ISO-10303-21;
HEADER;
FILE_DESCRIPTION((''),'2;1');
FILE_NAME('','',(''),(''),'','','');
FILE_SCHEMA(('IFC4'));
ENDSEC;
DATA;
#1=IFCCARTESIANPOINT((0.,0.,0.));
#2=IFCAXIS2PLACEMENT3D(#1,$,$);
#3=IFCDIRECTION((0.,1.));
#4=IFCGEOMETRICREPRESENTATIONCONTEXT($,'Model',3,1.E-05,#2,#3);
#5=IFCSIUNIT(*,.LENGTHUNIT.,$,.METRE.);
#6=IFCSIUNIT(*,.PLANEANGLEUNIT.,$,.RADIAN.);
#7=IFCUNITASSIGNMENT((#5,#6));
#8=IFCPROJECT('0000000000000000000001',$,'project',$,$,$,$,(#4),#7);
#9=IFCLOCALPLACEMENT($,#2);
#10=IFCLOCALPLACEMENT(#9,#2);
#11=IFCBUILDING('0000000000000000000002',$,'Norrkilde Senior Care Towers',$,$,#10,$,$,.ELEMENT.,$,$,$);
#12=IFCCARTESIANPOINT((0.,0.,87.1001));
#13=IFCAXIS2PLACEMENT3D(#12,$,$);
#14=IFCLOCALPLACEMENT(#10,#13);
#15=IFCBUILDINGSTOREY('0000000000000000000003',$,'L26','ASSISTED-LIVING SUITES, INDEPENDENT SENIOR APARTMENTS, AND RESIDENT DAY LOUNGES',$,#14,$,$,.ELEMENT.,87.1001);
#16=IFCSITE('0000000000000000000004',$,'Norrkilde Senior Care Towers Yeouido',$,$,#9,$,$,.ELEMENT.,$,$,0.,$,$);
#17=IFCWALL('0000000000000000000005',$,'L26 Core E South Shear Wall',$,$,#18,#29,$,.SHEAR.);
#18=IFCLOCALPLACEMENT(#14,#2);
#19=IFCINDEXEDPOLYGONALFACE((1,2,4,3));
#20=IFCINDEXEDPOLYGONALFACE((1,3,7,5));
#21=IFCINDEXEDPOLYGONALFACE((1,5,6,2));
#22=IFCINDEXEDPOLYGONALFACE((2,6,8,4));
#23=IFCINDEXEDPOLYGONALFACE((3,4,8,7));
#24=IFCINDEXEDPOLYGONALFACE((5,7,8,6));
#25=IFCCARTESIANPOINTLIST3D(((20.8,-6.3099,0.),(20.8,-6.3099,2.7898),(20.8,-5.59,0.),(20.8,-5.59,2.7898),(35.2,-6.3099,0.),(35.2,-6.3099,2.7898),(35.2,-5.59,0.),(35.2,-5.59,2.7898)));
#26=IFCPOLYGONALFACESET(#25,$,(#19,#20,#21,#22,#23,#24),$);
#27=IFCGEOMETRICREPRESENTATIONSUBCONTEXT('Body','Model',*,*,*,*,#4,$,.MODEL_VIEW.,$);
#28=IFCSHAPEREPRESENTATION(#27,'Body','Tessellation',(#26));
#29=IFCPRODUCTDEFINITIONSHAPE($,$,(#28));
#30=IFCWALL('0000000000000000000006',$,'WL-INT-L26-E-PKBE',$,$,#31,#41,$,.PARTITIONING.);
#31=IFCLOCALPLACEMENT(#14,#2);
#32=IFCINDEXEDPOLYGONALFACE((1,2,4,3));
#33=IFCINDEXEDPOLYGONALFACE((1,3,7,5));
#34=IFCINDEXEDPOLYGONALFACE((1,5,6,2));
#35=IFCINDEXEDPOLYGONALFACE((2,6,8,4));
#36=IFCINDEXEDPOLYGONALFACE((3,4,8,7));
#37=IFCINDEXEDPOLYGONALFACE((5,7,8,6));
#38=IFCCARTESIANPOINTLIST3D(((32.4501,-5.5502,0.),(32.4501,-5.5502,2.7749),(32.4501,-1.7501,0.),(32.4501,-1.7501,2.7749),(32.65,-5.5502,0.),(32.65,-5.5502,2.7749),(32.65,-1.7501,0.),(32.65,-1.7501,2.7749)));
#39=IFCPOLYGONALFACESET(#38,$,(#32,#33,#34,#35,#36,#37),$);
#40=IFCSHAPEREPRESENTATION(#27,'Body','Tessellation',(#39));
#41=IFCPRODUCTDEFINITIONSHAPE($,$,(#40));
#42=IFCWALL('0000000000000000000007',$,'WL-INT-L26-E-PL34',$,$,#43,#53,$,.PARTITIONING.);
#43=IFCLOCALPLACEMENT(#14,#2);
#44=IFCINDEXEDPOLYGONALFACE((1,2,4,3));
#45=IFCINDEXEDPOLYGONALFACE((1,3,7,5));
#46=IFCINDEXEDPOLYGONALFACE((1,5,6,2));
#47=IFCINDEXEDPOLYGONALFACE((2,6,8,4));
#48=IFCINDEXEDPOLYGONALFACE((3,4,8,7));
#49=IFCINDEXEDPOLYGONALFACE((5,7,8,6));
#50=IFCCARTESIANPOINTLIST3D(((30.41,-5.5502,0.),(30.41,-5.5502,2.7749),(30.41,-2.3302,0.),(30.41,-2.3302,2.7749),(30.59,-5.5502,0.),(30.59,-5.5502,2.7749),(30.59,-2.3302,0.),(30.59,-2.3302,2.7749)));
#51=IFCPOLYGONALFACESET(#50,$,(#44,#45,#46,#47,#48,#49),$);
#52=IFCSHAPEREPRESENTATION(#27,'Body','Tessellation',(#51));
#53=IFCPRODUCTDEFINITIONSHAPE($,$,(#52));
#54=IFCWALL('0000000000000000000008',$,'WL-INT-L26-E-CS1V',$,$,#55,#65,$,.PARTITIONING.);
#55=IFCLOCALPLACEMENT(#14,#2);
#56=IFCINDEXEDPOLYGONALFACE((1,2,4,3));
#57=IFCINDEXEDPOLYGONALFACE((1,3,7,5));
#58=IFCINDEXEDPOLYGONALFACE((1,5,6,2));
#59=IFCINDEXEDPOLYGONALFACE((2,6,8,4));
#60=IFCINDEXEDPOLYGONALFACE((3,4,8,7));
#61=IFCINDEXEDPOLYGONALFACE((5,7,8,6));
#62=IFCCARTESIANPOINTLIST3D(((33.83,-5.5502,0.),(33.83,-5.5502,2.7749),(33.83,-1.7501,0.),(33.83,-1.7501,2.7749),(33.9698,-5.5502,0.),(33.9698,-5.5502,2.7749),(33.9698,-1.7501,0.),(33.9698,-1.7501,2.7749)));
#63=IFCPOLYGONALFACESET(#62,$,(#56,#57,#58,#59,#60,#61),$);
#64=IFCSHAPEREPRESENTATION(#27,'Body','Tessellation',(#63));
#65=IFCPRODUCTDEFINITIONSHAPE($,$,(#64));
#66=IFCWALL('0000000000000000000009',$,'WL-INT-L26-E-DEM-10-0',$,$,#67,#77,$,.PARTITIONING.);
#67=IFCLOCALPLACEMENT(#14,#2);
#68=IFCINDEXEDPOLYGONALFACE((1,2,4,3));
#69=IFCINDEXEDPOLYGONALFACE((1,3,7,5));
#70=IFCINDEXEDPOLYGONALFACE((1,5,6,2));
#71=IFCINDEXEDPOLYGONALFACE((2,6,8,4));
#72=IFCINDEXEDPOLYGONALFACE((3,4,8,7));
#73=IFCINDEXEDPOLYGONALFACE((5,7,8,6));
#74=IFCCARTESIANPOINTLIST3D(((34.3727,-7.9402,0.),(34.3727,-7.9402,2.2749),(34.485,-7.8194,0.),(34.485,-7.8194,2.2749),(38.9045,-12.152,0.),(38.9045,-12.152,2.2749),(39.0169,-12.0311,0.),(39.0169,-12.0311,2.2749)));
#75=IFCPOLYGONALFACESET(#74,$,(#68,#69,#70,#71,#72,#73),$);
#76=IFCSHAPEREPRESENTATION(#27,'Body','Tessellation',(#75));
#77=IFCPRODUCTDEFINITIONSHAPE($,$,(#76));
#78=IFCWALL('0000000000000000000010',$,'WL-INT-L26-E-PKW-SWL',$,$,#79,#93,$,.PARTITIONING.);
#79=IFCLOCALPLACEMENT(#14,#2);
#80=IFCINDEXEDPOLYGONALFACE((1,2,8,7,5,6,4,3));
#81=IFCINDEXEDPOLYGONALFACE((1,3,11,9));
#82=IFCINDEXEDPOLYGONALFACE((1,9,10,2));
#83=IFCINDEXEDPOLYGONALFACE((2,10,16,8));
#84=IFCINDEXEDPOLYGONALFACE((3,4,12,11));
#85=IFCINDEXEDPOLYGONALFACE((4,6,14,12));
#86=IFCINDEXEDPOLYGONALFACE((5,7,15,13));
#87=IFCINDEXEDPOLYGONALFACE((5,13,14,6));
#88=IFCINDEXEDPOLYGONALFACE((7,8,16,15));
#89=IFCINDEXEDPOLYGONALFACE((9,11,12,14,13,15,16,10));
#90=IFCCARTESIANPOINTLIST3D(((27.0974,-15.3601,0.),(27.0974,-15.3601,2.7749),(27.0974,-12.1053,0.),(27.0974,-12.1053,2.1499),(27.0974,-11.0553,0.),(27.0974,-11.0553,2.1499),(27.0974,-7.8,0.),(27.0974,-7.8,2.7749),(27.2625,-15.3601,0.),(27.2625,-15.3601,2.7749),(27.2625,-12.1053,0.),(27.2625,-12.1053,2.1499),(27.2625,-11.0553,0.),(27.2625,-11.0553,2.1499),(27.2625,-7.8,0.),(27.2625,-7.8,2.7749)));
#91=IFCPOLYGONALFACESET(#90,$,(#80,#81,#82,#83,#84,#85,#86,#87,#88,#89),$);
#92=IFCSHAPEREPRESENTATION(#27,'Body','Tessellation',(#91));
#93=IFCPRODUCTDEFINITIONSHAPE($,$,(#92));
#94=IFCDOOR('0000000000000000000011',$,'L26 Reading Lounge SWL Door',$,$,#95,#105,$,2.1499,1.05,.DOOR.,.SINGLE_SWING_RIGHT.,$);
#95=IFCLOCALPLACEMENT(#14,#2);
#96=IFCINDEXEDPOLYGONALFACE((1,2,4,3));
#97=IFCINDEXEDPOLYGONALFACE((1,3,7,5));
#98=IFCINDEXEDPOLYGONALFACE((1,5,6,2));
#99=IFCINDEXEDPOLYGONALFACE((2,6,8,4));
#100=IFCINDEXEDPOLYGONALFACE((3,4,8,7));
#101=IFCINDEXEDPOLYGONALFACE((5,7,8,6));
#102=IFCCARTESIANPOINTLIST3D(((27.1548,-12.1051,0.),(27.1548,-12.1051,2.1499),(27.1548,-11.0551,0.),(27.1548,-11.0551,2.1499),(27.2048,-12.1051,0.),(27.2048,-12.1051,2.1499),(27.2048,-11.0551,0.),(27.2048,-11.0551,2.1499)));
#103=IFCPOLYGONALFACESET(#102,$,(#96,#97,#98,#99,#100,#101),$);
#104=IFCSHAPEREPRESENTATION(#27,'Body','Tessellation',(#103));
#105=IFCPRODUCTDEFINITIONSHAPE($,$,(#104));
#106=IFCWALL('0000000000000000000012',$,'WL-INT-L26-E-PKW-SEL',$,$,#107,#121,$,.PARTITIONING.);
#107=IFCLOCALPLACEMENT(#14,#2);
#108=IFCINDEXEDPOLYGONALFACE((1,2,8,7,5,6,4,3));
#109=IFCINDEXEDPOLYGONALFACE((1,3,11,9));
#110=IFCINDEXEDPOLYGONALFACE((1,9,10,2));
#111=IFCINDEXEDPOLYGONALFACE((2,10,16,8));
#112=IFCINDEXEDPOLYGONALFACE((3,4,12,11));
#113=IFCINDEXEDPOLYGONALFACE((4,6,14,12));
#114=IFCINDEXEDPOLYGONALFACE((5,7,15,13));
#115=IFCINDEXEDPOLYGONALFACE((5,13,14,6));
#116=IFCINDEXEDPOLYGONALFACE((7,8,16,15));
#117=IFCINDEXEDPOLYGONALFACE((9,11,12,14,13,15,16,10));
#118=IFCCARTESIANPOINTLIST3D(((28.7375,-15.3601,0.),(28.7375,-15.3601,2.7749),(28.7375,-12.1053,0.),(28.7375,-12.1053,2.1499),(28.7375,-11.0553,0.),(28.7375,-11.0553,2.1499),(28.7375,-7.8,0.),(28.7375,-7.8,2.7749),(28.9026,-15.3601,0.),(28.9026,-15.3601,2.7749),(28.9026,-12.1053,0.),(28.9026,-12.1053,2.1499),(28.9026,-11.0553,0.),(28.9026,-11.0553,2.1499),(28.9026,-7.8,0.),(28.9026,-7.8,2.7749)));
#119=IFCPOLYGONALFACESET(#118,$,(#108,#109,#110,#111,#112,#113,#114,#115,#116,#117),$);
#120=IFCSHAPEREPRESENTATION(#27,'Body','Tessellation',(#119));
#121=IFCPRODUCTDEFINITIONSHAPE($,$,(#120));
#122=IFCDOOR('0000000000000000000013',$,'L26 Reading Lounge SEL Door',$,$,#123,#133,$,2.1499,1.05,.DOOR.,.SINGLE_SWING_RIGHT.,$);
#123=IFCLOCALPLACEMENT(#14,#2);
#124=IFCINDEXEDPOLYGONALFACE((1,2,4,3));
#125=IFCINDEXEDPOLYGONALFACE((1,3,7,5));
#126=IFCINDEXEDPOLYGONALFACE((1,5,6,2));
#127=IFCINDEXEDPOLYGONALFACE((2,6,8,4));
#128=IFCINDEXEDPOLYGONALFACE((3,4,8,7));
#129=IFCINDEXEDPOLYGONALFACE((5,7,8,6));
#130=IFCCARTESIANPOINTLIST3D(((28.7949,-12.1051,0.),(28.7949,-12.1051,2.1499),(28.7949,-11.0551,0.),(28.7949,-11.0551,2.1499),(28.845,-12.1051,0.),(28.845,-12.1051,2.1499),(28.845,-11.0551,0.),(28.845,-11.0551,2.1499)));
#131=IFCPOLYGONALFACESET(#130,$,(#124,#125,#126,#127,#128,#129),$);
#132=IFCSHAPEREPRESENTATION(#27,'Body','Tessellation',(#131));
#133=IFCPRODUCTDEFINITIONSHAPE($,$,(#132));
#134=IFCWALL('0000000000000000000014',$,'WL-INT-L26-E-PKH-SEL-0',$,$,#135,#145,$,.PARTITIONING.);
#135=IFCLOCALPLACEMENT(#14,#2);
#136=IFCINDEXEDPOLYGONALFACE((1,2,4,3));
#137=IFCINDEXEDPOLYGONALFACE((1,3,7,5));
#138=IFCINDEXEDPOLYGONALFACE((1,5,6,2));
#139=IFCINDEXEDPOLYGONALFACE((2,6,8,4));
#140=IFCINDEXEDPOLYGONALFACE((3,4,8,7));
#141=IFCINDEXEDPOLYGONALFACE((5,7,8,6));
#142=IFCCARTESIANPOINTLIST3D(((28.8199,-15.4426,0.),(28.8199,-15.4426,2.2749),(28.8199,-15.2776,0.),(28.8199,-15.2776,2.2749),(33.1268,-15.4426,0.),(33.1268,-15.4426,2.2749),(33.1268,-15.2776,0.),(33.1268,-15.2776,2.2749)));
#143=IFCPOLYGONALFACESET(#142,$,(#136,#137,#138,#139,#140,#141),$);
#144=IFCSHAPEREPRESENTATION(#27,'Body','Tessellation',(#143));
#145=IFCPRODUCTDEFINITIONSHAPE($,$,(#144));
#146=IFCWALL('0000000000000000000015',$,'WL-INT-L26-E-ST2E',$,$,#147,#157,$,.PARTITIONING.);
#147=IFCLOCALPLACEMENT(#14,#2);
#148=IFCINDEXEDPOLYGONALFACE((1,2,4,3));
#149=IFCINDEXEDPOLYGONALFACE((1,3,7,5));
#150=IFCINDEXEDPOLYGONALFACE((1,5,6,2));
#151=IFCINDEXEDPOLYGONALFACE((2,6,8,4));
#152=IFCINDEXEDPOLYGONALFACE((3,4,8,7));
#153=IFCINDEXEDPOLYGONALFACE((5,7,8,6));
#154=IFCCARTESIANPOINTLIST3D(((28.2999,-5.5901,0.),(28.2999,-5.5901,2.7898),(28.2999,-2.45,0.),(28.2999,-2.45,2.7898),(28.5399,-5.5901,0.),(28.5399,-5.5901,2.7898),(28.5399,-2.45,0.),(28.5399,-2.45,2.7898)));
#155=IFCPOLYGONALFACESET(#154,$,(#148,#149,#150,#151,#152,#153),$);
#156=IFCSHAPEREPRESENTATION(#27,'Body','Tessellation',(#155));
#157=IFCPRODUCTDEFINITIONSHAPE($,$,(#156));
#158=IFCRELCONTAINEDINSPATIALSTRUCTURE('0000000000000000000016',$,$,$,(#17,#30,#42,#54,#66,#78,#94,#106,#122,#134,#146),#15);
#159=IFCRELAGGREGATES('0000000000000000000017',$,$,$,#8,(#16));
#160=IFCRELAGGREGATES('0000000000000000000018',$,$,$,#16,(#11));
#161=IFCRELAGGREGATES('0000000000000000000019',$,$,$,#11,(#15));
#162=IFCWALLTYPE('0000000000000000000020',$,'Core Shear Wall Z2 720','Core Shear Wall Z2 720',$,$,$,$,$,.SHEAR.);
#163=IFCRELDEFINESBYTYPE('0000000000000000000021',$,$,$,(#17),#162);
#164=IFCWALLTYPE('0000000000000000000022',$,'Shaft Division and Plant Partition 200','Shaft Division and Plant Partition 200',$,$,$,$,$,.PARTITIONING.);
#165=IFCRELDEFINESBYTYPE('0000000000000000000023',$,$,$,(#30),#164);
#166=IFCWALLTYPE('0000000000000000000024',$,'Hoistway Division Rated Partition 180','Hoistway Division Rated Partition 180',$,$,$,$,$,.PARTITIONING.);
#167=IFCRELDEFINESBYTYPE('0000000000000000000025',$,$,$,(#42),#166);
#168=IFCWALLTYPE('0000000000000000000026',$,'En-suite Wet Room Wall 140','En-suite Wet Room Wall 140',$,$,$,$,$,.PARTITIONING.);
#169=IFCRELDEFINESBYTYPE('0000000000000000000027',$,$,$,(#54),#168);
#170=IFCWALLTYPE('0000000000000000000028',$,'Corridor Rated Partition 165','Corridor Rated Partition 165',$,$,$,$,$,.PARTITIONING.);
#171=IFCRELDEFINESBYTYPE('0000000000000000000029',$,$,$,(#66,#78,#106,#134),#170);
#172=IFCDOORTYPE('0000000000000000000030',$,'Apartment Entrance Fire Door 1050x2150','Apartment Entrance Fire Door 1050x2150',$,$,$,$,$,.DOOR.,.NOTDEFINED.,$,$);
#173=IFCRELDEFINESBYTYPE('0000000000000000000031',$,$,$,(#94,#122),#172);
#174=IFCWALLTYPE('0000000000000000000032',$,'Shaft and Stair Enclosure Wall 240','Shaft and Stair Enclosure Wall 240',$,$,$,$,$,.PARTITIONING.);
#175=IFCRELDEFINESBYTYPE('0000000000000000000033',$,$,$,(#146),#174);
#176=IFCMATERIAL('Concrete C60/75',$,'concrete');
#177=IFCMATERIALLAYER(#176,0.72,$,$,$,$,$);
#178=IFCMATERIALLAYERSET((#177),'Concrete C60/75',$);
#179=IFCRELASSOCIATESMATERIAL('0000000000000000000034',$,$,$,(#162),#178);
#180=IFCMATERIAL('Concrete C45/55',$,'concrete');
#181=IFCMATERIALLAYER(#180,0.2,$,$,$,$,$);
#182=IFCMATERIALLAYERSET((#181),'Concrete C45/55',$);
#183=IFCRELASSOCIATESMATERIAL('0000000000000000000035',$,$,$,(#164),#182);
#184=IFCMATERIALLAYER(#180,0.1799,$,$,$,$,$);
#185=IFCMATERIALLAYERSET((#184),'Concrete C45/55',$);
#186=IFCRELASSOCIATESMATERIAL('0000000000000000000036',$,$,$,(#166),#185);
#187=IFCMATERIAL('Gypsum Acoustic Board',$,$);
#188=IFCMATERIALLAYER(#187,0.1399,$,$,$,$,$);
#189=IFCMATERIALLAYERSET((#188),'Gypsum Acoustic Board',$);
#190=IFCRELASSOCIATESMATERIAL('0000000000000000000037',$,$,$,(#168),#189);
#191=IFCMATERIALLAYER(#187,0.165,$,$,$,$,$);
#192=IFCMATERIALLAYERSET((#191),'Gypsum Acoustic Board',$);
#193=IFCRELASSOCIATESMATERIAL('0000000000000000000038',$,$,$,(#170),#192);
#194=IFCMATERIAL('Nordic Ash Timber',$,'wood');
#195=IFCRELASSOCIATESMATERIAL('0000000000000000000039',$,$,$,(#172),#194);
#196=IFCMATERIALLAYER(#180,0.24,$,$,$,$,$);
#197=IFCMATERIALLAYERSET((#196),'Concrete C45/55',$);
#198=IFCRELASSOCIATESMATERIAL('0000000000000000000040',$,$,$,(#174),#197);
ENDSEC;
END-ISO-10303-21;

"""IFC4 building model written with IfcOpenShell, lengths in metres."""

from ifc_helpers import new_model, si_unit, direction, frame, frame_2d, origin, place, context, subcontext, project, spatial, rectangle, extrude, source, transform, mapped, material, layer, layer_set, type_object, type_shapes, element, fill, save


model = new_model("IFC4")

# Units and contexts
model_context = context("Model", 3, precision=1e-05, world=origin(), true_north=direction((0.0, 1.0)))
body_context = subcontext(model_context, "Body", "Model", "MODEL_VIEW")
ifc_project = project(units=[si_unit("LENGTHUNIT", "METRE"), si_unit("PLANEANGLEUNIT", "RADIAN")], contexts=[model_context])

# Site, building, storey
site_placement = place(None, origin())
site = spatial("IfcSite", under=ifc_project, at=site_placement, Name="Norrkilde Senior Care Towers Yeouido", CompositionType="ELEMENT", RefElevation=0.0)
building_placement = place(site_placement, origin())
building = spatial("IfcBuilding", under=site, at=building_placement, Name="Norrkilde Senior Care Towers", CompositionType="ELEMENT")
storey_placement = place(building_placement, frame((0.0, 0.0, 87.1001)))
storey = spatial("IfcBuildingStorey", under=building, at=storey_placement, Name="L26", Description="ASSISTED-LIVING SUITES, INDEPENDENT SENIOR APARTMENTS, AND RESIDENT DAY LOUNGES", CompositionType="ELEMENT", Elevation=87.1001)

# Shared definitions
ifc_material_1 = material(Name="Concrete C60/75", Category="concrete")

# Walls
ifc_layer_1 = layer(ifc_material_1, 0.72)
ifc_layer_set_1 = layer_set([ifc_layer_1], Name="Concrete C60/75")
wall_type_1 = type_object("IfcWallType", Name="Core Shear Wall Z2 720", Description="Core Shear Wall Z2 720", PredefinedType="SHEAR", material=ifc_layer_set_1)
shared_shape_1 = source(origin(), body_context, "Body", "SweptSolid", [
    extrude(rectangle(XDim=14.3999, YDim=0.72, at=frame_2d((7.2, 0.0))), origin(), (0.0, 0.0, 1.0), 2.7898),
])
type_shapes(wall_type_1, [shared_shape_1])
wall_1_placement = place(storey_placement, frame((35.2, -5.95, 0.0), z_axis=(0.0, 0.0, 1.0), x_axis=(-1.0, 0.0, 0.0)))
element("IfcWall", 1, at=wall_1_placement, inside=storey, type_object=wall_type_1, Name="L26 Core E South Shear Wall", PredefinedType="SHEAR", context=body_context, shape_type="MappedRepresentation", body=[
    mapped(shared_shape_1, transform((0.0, 0.0, 0.0), x_axis=(1.0, 0.0, 0.0), y_axis=(0.0, 1.0, 0.0), z_axis=(0.0, 0.0, 1.0), scale=1.0)),
])
ifc_material_2 = material(Name="Concrete C45/55", Category="concrete")
ifc_layer_2 = layer(ifc_material_2, 0.2)
ifc_layer_set_2 = layer_set([ifc_layer_2], Name="Concrete C45/55")
wall_type_2 = type_object("IfcWallType", Name="Shaft Division and Plant Partition 200", Description="Shaft Division and Plant Partition 200", PredefinedType="PARTITIONING", material=ifc_layer_set_2)
shared_shape_2 = source(origin(), body_context, "Body", "SweptSolid", [
    extrude(rectangle(XDim=3.8, YDim=0.2, at=frame_2d((1.8999, 0.0))), origin(), (0.0, 0.0, 1.0), 2.7749),
])
type_shapes(wall_type_2, [shared_shape_2])
wall_2_placement = place(storey_placement, frame((32.55, -5.55, 0.0), z_axis=(0.0, 0.0, 1.0), x_axis=(0.0, 1.0, 0.0)))
element("IfcWall", 2, at=wall_2_placement, inside=storey, type_object=wall_type_2, Name="WL-INT-L26-E-PKBE", PredefinedType="PARTITIONING", context=body_context, shape_type="MappedRepresentation", body=[
    mapped(shared_shape_2, transform((0.0, 0.0, 0.0), x_axis=(1.0, 0.0, 0.0), y_axis=(0.0, 1.0, 0.0), z_axis=(0.0, 0.0, 1.0), scale=1.0)),
])
ifc_layer_3 = layer(ifc_material_2, 0.1799)
ifc_layer_set_3 = layer_set([ifc_layer_3], Name="Concrete C45/55")
wall_type_3 = type_object("IfcWallType", Name="Hoistway Division Rated Partition 180", Description="Hoistway Division Rated Partition 180", PredefinedType="PARTITIONING", material=ifc_layer_set_3)
shared_shape_3 = source(origin(), body_context, "Body", "SweptSolid", [
    extrude(rectangle(XDim=3.22, YDim=0.1799, at=frame_2d((1.6099, 0.0))), origin(), (0.0, 0.0, 1.0), 2.7749),
])
type_shapes(wall_type_3, [shared_shape_3])
wall_3_placement = place(storey_placement, frame((30.5, -5.55, 0.0), z_axis=(0.0, 0.0, 1.0), x_axis=(0.0, 1.0, 0.0)))
element("IfcWall", 3, at=wall_3_placement, inside=storey, type_object=wall_type_3, Name="WL-INT-L26-E-PL34", PredefinedType="PARTITIONING", context=body_context, shape_type="MappedRepresentation", body=[
    mapped(shared_shape_3, transform((0.0, 0.0, 0.0), x_axis=(1.0, 0.0, 0.0), y_axis=(0.0, 1.0, 0.0), z_axis=(0.0, 0.0, 1.0), scale=1.0)),
])
ifc_material_3 = material(Name="Gypsum Acoustic Board")
ifc_layer_4 = layer(ifc_material_3, 0.1399)
ifc_layer_set_4 = layer_set([ifc_layer_4], Name="Gypsum Acoustic Board")
wall_type_4 = type_object("IfcWallType", Name="En-suite Wet Room Wall 140", Description="En-suite Wet Room Wall 140", PredefinedType="PARTITIONING", material=ifc_layer_set_4)
shared_shape_4 = source(origin(), body_context, "Body", "SweptSolid", [
    extrude(rectangle(XDim=3.8, YDim=0.1399, at=frame_2d((1.8999, 0.0))), origin(), (0.0, 0.0, 1.0), 2.7749),
])
type_shapes(wall_type_4, [shared_shape_4])
wall_4_placement = place(storey_placement, frame((33.8999, -5.55, 0.0), z_axis=(0.0, 0.0, 1.0), x_axis=(0.0, 1.0, 0.0)))
element("IfcWall", 4, at=wall_4_placement, inside=storey, type_object=wall_type_4, Name="WL-INT-L26-E-CS1V", PredefinedType="PARTITIONING", context=body_context, shape_type="MappedRepresentation", body=[
    mapped(shared_shape_4, transform((0.0, 0.0, 0.0), x_axis=(1.0, 0.0, 0.0), y_axis=(0.0, 1.0, 0.0), z_axis=(0.0, 0.0, 1.0), scale=1.0)),
])
ifc_layer_5 = layer(ifc_material_3, 0.165)
ifc_layer_set_5 = layer_set([ifc_layer_5], Name="Gypsum Acoustic Board")
wall_type_5 = type_object("IfcWallType", Name="Corridor Rated Partition 165", Description="Corridor Rated Partition 165", PredefinedType="PARTITIONING", material=ifc_layer_set_5)
shared_shape_5 = source(origin(), body_context, "Body", "SweptSolid", [
    extrude(rectangle(XDim=6.1868, YDim=0.165, at=frame_2d((3.0933, 0.0))), origin(), (0.0, 0.0, 1.0), 2.2749),
])
wall_5_placement = place(storey_placement, frame((34.429, -7.8799, 0.0), z_axis=(0.0, 0.0, 1.0), x_axis=(0.732501, -0.680766, 0.0)))
element("IfcWall", 5, at=wall_5_placement, inside=storey, type_object=wall_type_5, Name="WL-INT-L26-E-DEM-10-0", PredefinedType="PARTITIONING", context=body_context, shape_type="MappedRepresentation", body=[
    mapped(shared_shape_5, transform((0.0, 0.0, 0.0), x_axis=(1.0, 0.0, 0.0), y_axis=(0.0, 1.0, 0.0), z_axis=(0.0, 0.0, 1.0), scale=1.0)),
])

# Walls, openings, doors
shared_shape_6 = source(origin(), body_context, "Body", "SweptSolid", [
    extrude(rectangle(XDim=7.5601, YDim=0.165, at=frame_2d((3.78, 0.0))), origin(), (0.0, 0.0, 1.0), 2.7749),
])
wall_6_placement = place(storey_placement, frame((27.1799, -15.3601, 0.0), z_axis=(0.0, 0.0, 1.0), x_axis=(0.0, 1.0, 0.0)))
wall_6 = element("IfcWall", 6, at=wall_6_placement, inside=storey, type_object=wall_type_5, Name="WL-INT-L26-E-PKW-SWL", PredefinedType="PARTITIONING", context=body_context, shape_type="MappedRepresentation", body=[
    mapped(shared_shape_6, transform((0.0, 0.0, 0.0), x_axis=(1.0, 0.0, 0.0), y_axis=(0.0, 1.0, 0.0), z_axis=(0.0, 0.0, 1.0), scale=1.0)),
])
opening_1_placement = place(wall_6_placement, frame((3.2549, 0.0, 0.0)))
opening_1 = element("IfcOpeningElement", 7, at=opening_1_placement, cuts=wall_6, PredefinedType="OPENING", context=body_context, shape_type="SweptSolid", body=[
    extrude(rectangle(XDim=1.05, YDim=2.1499, at=frame_2d((0.5249, 1.075))), frame((0.0, 0.0925, 0.0), z_axis=(0.0, -1.0, 0.0), x_axis=(1.0, 0.0, 0.0)), (0.0, 0.0, 1.0), 0.1851),
])
ifc_material_4 = material(Name="Nordic Ash Timber", Category="wood")
door_type = type_object("IfcDoorType", Name="Apartment Entrance Fire Door 1050x2150", Description="Apartment Entrance Fire Door 1050x2150", OperationType="NOTDEFINED", PredefinedType="DOOR", material=ifc_material_4)
shared_shape_7 = source(origin(), body_context, "Body", "SweptSolid", [
    extrude(rectangle(XDim=1.05, YDim=2.1499, at=frame_2d((0.5249, 1.075))), frame((0.0, 0.0249, 0.0), z_axis=(0.0, -1.0, 0.0), x_axis=(1.0, 0.0, 0.0)), (0.0, 0.0, 1.0), 0.05),
])
type_shapes(door_type, [shared_shape_7])
door_1_placement = place(opening_1_placement, frame((1.05, 0.0, 0.0), z_axis=(0.0, 0.0, 1.0), x_axis=(-1.0, 0.0, 0.0)))
door_1 = element("IfcDoor", 8, at=door_1_placement, inside=storey, type_object=door_type, Name="L26 Reading Lounge SWL Door", OperationType="SINGLE_SWING_RIGHT", OverallHeight=2.1499, OverallWidth=1.05, PredefinedType="DOOR", context=body_context, shape_type="MappedRepresentation", body=[
    mapped(shared_shape_7, transform((0.0, 0.0, 0.0), x_axis=(1.0, 0.0, 0.0), y_axis=(0.0, 1.0, 0.0), z_axis=(0.0, 0.0, 1.0), scale=1.0)),
])
fill(opening_1, door_1)
wall_7_placement = place(storey_placement, frame((28.8201, -15.3601, 0.0), z_axis=(0.0, 0.0, 1.0), x_axis=(0.0, 1.0, 0.0)))
wall_7 = element("IfcWall", 9, at=wall_7_placement, inside=storey, type_object=wall_type_5, Name="WL-INT-L26-E-PKW-SEL", PredefinedType="PARTITIONING", context=body_context, shape_type="MappedRepresentation", body=[
    mapped(shared_shape_6, transform((0.0, 0.0, 0.0), x_axis=(1.0, 0.0, 0.0), y_axis=(0.0, 1.0, 0.0), z_axis=(0.0, 0.0, 1.0), scale=1.0)),
])
opening_2_placement = place(wall_7_placement, frame((3.2549, 0.0, 0.0)))
opening_2 = element("IfcOpeningElement", 10, at=opening_2_placement, cuts=wall_7, PredefinedType="OPENING", context=body_context, shape_type="SweptSolid", body=[
    extrude(rectangle(XDim=1.05, YDim=2.1499, at=frame_2d((0.5249, 1.075))), frame((0.0, 0.0925, 0.0), z_axis=(0.0, -1.0, 0.0), x_axis=(1.0, 0.0, 0.0)), (0.0, 0.0, 1.0), 0.1851),
])
door_2_placement = place(opening_2_placement, frame((1.05, 0.0, 0.0), z_axis=(0.0, 0.0, 1.0), x_axis=(-1.0, 0.0, 0.0)))
door_2 = element("IfcDoor", 11, at=door_2_placement, inside=storey, type_object=door_type, Name="L26 Reading Lounge SEL Door", OperationType="SINGLE_SWING_RIGHT", OverallHeight=2.1499, OverallWidth=1.05, PredefinedType="DOOR", context=body_context, shape_type="MappedRepresentation", body=[
    mapped(shared_shape_7, transform((0.0, 0.0, 0.0), x_axis=(1.0, 0.0, 0.0), y_axis=(0.0, 1.0, 0.0), z_axis=(0.0, 0.0, 1.0), scale=1.0)),
])
fill(opening_2, door_2)

# Walls
shared_shape_8 = source(origin(), body_context, "Body", "SweptSolid", [
    extrude(rectangle(XDim=4.3069, YDim=0.165, at=frame_2d((2.1533, 0.0))), origin(), (0.0, 0.0, 1.0), 2.2749),
])
type_shapes(wall_type_5, [shared_shape_5, shared_shape_6, shared_shape_8])
wall_8_placement = place(storey_placement, frame((28.8201, -15.3601, 0.0), z_axis=(0.0, 0.0, 1.0), x_axis=(1.0, 0.0, 0.0)))
element("IfcWall", 12, at=wall_8_placement, inside=storey, type_object=wall_type_5, Name="WL-INT-L26-E-PKH-SEL-0", PredefinedType="PARTITIONING", context=body_context, shape_type="MappedRepresentation", body=[
    mapped(shared_shape_8, transform((0.0, 0.0, 0.0), x_axis=(1.0, 0.0, 0.0), y_axis=(0.0, 1.0, 0.0), z_axis=(0.0, 0.0, 1.0), scale=1.0)),
])
ifc_layer_6 = layer(ifc_material_2, 0.24)
ifc_layer_set_6 = layer_set([ifc_layer_6], Name="Concrete C45/55")
wall_type_6 = type_object("IfcWallType", Name="Shaft and Stair Enclosure Wall 240", Description="Shaft and Stair Enclosure Wall 240", PredefinedType="PARTITIONING", material=ifc_layer_set_6)
shared_shape_9 = source(origin(), body_context, "Body", "SweptSolid", [
    extrude(rectangle(XDim=3.1401, YDim=0.24, at=frame_2d((1.5701, 0.0))), origin(), (0.0, 0.0, 1.0), 2.7898),
])
type_shapes(wall_type_6, [shared_shape_9])
wall_9_placement = place(storey_placement, frame((28.4199, -5.5901, 0.0), z_axis=(0.0, 0.0, 1.0), x_axis=(0.0, 1.0, 0.0)))
element("IfcWall", 13, at=wall_9_placement, inside=storey, type_object=wall_type_6, Name="WL-INT-L26-E-ST2E", PredefinedType="PARTITIONING", context=body_context, shape_type="MappedRepresentation", body=[
    mapped(shared_shape_9, transform((0.0, 0.0, 0.0), x_axis=(1.0, 0.0, 0.0), y_axis=(0.0, 1.0, 0.0), z_axis=(0.0, 0.0, 1.0), scale=1.0)),
])

save(model, "model.ifc")
